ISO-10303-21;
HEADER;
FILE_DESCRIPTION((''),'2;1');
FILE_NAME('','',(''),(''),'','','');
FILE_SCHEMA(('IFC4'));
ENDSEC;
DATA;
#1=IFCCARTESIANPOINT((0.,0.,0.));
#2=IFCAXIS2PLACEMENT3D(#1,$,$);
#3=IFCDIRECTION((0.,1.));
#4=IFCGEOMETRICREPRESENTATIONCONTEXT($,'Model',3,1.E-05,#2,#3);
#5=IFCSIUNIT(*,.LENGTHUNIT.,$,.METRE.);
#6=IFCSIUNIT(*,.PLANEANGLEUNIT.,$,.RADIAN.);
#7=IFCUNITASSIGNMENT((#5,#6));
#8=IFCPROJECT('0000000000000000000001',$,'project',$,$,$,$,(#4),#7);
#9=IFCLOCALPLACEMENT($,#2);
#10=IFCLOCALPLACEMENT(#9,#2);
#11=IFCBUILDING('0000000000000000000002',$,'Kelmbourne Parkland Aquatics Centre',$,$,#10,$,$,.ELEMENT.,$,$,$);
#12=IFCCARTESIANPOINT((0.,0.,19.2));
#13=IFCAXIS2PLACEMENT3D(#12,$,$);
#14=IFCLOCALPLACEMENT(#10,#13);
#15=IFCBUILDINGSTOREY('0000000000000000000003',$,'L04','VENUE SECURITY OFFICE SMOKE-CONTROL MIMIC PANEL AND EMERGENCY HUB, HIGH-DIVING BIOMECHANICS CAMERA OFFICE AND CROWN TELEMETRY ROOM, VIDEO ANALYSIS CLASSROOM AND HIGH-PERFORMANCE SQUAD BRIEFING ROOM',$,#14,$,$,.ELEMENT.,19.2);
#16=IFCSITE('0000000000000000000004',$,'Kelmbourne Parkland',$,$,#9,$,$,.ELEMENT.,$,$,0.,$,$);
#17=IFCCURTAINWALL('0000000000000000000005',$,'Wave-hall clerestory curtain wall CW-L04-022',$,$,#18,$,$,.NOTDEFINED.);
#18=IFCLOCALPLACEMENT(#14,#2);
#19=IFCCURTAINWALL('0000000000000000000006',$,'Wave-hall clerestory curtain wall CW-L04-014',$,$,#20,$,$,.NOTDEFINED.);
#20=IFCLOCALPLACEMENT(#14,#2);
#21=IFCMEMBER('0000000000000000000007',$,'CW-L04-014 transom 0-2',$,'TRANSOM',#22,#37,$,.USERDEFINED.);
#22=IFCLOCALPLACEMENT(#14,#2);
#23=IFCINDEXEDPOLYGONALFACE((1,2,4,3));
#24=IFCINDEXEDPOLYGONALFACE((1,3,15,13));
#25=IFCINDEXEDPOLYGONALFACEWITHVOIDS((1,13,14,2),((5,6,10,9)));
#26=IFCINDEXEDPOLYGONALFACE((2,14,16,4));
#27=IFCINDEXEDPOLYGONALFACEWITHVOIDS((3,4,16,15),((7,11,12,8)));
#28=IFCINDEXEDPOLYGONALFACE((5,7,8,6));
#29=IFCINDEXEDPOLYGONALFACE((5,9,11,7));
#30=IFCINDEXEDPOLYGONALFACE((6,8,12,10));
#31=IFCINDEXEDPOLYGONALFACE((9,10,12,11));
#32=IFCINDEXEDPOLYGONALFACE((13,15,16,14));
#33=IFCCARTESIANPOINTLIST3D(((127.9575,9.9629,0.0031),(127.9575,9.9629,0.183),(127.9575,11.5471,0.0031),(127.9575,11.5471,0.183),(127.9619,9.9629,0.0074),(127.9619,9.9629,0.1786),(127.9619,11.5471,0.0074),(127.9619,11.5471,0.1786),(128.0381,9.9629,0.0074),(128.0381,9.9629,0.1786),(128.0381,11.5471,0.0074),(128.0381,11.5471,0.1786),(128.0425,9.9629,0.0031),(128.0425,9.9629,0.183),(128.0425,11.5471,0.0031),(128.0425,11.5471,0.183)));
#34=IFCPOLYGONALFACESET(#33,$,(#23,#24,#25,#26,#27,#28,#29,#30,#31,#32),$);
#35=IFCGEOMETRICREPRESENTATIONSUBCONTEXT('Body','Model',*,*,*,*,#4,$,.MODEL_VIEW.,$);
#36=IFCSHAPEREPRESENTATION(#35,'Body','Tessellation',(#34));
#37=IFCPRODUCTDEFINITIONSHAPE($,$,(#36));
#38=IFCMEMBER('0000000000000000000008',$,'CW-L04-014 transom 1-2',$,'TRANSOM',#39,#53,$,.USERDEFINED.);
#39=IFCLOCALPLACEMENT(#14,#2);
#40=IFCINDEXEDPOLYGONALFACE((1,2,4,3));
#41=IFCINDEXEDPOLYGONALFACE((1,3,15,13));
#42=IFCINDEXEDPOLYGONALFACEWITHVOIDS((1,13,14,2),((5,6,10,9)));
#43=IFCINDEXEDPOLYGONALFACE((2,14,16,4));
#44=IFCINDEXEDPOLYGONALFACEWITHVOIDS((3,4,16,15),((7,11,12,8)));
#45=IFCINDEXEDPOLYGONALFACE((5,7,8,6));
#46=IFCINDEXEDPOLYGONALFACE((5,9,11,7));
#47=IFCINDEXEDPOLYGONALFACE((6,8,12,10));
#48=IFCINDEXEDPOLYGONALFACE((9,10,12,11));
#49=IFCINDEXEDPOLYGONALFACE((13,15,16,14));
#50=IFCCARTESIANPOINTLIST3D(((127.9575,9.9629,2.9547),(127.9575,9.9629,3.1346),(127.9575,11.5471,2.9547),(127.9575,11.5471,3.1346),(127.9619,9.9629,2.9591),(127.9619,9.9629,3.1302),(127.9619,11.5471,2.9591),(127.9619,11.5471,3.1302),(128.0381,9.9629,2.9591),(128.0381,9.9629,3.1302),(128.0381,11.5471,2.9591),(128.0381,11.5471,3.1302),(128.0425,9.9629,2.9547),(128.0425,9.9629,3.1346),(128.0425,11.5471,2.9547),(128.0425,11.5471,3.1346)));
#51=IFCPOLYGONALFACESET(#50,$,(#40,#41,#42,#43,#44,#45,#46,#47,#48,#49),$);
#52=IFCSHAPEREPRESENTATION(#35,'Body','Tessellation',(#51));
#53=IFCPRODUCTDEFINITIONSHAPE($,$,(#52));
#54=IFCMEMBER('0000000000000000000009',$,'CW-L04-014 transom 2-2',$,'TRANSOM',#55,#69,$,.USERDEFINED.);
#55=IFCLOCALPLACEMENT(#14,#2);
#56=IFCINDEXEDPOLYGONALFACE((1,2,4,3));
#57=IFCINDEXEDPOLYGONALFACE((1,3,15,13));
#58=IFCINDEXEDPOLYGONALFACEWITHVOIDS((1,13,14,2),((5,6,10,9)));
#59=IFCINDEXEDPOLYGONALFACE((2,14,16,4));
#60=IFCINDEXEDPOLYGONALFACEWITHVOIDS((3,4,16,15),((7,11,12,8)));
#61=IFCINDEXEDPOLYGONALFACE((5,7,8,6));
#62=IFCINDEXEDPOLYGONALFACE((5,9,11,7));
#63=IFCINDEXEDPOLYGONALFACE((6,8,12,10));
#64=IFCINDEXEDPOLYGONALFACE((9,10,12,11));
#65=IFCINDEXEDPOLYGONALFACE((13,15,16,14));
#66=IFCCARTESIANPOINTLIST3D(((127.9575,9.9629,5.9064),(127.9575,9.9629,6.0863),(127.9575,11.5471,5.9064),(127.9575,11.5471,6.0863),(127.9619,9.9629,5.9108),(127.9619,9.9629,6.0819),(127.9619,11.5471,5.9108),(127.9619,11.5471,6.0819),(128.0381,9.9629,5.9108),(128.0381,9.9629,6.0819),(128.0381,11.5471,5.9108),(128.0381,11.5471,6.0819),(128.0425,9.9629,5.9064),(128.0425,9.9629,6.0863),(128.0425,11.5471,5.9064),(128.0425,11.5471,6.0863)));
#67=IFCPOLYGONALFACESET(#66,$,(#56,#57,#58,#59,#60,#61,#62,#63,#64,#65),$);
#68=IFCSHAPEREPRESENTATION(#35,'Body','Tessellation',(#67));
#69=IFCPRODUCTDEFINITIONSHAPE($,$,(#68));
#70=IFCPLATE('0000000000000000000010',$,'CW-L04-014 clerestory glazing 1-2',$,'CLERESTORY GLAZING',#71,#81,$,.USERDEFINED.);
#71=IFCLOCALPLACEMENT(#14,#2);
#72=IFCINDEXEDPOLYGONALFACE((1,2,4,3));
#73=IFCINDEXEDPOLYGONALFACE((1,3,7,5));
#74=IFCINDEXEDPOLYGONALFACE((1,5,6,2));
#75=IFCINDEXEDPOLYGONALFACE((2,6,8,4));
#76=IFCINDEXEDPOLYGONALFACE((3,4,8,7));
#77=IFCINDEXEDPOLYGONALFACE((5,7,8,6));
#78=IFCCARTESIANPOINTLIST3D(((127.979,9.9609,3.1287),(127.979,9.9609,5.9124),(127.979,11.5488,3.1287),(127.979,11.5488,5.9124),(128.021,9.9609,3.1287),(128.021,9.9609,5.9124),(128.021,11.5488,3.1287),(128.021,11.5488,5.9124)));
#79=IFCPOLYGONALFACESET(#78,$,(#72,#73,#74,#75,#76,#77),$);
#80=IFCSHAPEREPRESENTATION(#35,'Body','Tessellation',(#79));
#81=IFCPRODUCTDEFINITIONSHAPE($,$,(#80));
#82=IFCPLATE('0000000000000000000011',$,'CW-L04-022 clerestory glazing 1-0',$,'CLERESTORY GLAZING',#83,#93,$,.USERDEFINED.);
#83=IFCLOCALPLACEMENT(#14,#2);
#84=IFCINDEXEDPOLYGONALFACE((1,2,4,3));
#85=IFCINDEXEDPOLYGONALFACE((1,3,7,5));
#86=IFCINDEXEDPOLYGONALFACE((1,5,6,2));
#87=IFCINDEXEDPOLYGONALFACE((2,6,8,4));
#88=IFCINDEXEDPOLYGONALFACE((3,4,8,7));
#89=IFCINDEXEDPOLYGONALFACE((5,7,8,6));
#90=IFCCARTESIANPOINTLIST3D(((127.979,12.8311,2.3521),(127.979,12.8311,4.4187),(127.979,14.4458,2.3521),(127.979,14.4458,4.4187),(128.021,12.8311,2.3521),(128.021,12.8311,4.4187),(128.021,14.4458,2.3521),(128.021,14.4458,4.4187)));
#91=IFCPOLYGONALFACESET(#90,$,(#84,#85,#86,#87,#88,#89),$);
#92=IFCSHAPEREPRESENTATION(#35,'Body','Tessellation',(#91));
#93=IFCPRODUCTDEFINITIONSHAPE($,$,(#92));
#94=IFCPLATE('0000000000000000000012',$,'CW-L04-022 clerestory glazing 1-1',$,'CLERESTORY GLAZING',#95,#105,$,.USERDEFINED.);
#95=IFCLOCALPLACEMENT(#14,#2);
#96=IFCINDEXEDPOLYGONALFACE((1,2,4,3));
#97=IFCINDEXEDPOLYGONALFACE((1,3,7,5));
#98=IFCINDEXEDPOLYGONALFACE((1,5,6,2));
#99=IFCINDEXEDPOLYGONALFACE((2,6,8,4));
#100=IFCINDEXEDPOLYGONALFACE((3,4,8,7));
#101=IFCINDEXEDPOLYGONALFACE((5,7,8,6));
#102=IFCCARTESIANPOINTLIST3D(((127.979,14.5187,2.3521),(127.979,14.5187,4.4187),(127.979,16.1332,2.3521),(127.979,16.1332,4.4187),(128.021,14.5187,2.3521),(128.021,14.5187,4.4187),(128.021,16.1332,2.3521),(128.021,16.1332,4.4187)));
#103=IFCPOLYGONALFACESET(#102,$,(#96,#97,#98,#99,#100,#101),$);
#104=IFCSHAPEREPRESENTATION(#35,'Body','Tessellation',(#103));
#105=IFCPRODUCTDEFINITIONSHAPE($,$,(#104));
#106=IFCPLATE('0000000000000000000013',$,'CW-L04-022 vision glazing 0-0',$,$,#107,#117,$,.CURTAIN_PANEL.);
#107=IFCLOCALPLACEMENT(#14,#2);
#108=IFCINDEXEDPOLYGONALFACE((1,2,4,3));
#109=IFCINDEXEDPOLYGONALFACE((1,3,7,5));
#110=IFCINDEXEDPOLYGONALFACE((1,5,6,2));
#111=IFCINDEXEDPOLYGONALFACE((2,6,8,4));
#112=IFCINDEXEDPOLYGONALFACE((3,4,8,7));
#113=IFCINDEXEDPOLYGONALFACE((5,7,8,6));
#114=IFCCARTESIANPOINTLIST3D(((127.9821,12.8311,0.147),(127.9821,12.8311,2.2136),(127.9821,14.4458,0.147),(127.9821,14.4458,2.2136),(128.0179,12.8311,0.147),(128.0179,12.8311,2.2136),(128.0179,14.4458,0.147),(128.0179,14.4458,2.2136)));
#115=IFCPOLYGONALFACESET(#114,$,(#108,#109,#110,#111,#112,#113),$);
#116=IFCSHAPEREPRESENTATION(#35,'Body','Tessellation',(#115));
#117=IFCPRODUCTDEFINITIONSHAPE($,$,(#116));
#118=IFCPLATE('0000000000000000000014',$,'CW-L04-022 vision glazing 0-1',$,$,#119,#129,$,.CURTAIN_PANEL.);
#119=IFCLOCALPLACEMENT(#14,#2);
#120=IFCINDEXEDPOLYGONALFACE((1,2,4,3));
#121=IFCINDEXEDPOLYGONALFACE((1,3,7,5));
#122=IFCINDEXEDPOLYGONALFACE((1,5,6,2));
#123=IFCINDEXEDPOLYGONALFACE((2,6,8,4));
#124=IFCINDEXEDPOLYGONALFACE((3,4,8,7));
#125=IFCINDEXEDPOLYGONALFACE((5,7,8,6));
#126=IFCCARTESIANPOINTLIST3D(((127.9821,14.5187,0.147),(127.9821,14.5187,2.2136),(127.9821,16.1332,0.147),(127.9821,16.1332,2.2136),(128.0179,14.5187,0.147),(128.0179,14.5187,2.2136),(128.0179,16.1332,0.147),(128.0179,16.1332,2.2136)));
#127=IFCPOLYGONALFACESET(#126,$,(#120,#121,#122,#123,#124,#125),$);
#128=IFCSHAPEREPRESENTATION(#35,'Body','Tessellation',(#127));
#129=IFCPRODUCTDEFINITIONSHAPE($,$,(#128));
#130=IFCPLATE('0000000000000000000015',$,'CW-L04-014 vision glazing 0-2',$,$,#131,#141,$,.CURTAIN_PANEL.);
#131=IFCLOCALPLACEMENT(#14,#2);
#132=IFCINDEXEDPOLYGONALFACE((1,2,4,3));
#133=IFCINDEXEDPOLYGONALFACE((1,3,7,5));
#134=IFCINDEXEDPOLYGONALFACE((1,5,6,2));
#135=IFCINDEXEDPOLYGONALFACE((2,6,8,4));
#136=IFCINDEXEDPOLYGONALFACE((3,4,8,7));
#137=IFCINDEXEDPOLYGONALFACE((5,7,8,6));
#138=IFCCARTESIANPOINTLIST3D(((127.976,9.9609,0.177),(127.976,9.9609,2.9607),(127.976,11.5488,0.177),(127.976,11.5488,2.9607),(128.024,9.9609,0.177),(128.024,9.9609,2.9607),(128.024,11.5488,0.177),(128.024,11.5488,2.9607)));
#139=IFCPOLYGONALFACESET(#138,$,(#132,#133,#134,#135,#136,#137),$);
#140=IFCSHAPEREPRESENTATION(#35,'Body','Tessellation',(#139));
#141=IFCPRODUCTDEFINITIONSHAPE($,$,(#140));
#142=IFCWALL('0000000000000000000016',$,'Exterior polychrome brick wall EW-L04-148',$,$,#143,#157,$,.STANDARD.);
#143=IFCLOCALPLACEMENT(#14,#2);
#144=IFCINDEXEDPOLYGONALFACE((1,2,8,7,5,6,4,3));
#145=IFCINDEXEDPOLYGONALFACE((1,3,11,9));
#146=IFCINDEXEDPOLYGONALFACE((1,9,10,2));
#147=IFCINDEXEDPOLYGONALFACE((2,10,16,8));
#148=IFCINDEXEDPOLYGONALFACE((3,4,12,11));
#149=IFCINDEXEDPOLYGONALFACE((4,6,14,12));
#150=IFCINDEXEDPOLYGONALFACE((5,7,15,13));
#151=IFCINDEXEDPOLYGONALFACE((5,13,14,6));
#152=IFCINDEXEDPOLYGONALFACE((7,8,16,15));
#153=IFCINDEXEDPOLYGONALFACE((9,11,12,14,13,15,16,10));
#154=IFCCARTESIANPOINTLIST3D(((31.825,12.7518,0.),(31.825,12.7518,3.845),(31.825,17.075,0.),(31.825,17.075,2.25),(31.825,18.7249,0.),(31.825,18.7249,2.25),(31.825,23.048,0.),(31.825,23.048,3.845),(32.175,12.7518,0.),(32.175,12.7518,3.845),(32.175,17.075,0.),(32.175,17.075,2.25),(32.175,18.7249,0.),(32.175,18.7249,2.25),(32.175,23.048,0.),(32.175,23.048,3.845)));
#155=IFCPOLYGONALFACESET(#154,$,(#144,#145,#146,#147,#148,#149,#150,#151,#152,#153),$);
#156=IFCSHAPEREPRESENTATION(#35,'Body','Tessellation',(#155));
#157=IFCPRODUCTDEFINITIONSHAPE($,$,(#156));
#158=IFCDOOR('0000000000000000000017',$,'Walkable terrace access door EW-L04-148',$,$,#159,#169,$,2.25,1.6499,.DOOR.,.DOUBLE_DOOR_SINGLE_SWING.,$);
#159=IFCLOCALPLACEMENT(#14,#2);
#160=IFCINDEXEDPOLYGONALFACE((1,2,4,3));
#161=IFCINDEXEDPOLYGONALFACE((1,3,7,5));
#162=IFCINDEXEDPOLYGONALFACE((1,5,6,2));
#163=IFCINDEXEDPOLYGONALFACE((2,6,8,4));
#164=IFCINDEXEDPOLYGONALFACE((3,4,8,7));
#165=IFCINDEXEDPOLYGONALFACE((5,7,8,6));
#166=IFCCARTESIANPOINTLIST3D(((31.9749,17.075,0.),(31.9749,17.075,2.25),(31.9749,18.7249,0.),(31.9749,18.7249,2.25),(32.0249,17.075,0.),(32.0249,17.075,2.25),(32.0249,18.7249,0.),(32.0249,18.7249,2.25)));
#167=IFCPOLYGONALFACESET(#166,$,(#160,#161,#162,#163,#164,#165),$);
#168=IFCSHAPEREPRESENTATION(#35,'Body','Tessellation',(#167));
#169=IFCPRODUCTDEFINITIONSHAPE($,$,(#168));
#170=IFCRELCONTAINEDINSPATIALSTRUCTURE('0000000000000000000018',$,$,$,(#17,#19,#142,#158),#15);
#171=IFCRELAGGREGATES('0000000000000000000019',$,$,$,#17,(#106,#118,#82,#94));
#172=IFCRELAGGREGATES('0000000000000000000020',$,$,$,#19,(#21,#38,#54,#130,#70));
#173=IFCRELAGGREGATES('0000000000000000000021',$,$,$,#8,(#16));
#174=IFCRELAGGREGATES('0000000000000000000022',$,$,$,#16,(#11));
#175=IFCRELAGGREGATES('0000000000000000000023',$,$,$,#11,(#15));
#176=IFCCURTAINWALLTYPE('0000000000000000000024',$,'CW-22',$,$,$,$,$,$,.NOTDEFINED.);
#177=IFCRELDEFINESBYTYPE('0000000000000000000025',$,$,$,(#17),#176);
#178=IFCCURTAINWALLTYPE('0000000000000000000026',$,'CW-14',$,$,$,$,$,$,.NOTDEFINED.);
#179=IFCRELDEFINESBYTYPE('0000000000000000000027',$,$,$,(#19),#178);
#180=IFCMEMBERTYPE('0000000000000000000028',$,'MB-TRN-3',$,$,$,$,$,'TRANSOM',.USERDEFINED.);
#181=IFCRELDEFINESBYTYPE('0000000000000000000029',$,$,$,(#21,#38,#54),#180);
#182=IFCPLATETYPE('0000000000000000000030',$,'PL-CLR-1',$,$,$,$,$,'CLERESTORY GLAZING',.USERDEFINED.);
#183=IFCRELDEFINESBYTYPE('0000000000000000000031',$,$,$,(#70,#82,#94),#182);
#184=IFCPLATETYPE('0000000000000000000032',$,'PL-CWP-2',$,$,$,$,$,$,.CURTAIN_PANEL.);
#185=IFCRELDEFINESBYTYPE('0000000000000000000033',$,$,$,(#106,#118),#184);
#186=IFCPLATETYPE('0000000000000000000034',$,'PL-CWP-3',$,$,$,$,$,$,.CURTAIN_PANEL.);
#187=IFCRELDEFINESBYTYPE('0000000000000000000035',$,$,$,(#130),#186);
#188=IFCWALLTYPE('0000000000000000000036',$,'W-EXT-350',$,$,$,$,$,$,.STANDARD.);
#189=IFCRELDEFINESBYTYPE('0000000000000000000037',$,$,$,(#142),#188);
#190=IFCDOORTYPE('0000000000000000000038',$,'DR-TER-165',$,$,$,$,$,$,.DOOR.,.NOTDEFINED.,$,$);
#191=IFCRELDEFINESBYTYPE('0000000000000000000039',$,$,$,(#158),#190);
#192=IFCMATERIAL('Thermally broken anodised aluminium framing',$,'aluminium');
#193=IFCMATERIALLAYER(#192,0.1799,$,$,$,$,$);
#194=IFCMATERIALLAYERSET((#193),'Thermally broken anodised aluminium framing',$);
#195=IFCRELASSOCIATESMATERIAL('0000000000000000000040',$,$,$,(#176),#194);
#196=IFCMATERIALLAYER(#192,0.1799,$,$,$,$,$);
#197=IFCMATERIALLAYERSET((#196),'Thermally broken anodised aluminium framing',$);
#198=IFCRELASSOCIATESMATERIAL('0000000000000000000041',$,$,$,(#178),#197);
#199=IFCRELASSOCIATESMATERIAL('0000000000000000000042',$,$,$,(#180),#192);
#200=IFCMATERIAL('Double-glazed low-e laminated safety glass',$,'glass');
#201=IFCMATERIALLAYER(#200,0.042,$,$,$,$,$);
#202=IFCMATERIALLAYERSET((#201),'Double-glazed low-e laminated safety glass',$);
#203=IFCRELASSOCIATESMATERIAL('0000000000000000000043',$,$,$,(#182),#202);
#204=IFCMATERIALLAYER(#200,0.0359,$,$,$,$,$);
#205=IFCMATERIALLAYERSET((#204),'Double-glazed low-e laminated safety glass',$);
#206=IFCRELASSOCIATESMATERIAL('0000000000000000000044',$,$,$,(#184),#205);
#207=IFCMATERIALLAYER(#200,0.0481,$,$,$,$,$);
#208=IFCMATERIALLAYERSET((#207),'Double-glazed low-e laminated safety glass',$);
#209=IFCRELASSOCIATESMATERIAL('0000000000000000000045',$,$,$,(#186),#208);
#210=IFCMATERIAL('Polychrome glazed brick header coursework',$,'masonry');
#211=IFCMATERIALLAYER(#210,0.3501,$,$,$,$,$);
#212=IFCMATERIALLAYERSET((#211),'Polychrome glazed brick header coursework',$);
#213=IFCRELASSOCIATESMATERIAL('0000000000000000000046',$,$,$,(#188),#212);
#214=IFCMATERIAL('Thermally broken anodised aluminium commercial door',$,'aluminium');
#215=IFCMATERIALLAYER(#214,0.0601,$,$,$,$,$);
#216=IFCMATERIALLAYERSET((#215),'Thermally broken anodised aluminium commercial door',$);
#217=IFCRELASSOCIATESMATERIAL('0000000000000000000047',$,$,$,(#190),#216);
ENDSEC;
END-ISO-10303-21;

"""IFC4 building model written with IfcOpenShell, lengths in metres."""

from ifc_helpers import new_model, si_unit, direction, frame, frame_2d, origin, origin_2d, place, context, subcontext, project, spatial, rectangle, hollow_rectangle, extrude, material, layer, layer_set, material_profile, profile_set, type_object, element, fill, aggregate, save


model = new_model("IFC4")

# Units and contexts
model_context = context("Model", 3, precision=1e-05, world=origin(), true_north=direction((0.0, 1.0)))
body_context = subcontext(model_context, "Body", "Model", "MODEL_VIEW")
ifc_project = project(units=[si_unit("LENGTHUNIT", "METRE"), si_unit("PLANEANGLEUNIT", "RADIAN")], contexts=[model_context])

# Site, building, storey
site_placement = place(None, origin())
site = spatial("IfcSite", under=ifc_project, at=site_placement, Name="Kelmbourne Parkland", CompositionType="ELEMENT", RefElevation=0.0)
building_placement = place(site_placement, origin())
building = spatial("IfcBuilding", under=site, at=building_placement, Name="Kelmbourne Parkland Aquatics Centre", CompositionType="ELEMENT")
storey_placement = place(building_placement, frame((0.0, 0.0, 19.2)))
storey = spatial("IfcBuildingStorey", under=building, at=storey_placement, Name="L04", Description="VENUE SECURITY OFFICE SMOKE-CONTROL MIMIC PANEL AND EMERGENCY HUB, HIGH-DIVING BIOMECHANICS CAMERA OFFICE AND CROWN TELEMETRY ROOM, VIDEO ANALYSIS CLASSROOM AND HIGH-PERFORMANCE SQUAD BRIEFING ROOM", CompositionType="ELEMENT", Elevation=19.2)

# Curtain wall
ifc_material_1 = material(Name="Thermally broken anodised aluminium framing", Category="aluminium")
ifc_layer_1 = layer(ifc_material_1, 0.1799)
ifc_layer_set_1 = layer_set([ifc_layer_1], Name="Thermally broken anodised aluminium framing")
curtain_wall_type_1 = type_object("IfcCurtainWallType", Name="CW-22", PredefinedType="NOTDEFINED", material=ifc_layer_set_1)
curtain_wall_1_placement = place(storey_placement, origin())
curtain_wall_1 = element("IfcCurtainWall", 1, at=curtain_wall_1_placement, inside=storey, type_object=curtain_wall_type_1, Name="Wave-hall clerestory curtain wall CW-L04-022", PredefinedType="NOTDEFINED")

# Curtain wall
ifc_layer_2 = layer(ifc_material_1, 0.1799)
ifc_layer_set_2 = layer_set([ifc_layer_2], Name="Thermally broken anodised aluminium framing")
curtain_wall_type_2 = type_object("IfcCurtainWallType", Name="CW-14", PredefinedType="NOTDEFINED", material=ifc_layer_set_2)
curtain_wall_2_placement = place(storey_placement, origin())
curtain_wall_2 = element("IfcCurtainWall", 2, at=curtain_wall_2_placement, inside=storey, type_object=curtain_wall_type_2, Name="Wave-hall clerestory curtain wall CW-L04-014", PredefinedType="NOTDEFINED")

# Members
ifc_material_profile_1 = material_profile(ifc_material_1, hollow_rectangle(XDim=0.085, YDim=0.1799, WallThickness=0.0044, at=origin_2d()), Name="CW-T 85x180")
ifc_profile_set_1 = profile_set([ifc_material_profile_1], Name="Thermally broken anodised aluminium framing")
member_type_1 = type_object("IfcMemberType", Name="MB-TRN-3", ElementType="TRANSOM", PredefinedType="USERDEFINED", material=ifc_profile_set_1)
member_1_placement = place(storey_placement, frame((128.0, 9.9629, 0.093), z_axis=(0.0, 1.0, 0.0), x_axis=(-1.0, 0.0, 0.0)))
member_1 = element("IfcMember", 3, at=member_1_placement, type_object=member_type_1, Name="CW-L04-014 transom 0-2", ObjectType="TRANSOM", PredefinedType="USERDEFINED", context=body_context, shape_type="SweptSolid", body=[
    extrude(hollow_rectangle(XDim=0.085, YDim=0.1799, WallThickness=0.0044, at=origin_2d()), origin(), (0.0, 0.0, 1.0), 1.5842),
])
member_2_placement = place(storey_placement, frame((128.0, 9.9629, 3.0447), z_axis=(0.0, 1.0, 0.0), x_axis=(-1.0, 0.0, 0.0)))
member_2 = element("IfcMember", 4, at=member_2_placement, type_object=member_type_1, Name="CW-L04-014 transom 1-2", ObjectType="TRANSOM", PredefinedType="USERDEFINED", context=body_context, shape_type="SweptSolid", body=[
    extrude(hollow_rectangle(XDim=0.085, YDim=0.1799, WallThickness=0.0044, at=origin_2d()), origin(), (0.0, 0.0, 1.0), 1.5842),
])
member_3_placement = place(storey_placement, frame((128.0, 9.9629, 5.9963), z_axis=(0.0, 1.0, 0.0), x_axis=(-1.0, 0.0, 0.0)))
member_3 = element("IfcMember", 5, at=member_3_placement, type_object=member_type_1, Name="CW-L04-014 transom 2-2", ObjectType="TRANSOM", PredefinedType="USERDEFINED", context=body_context, shape_type="SweptSolid", body=[
    extrude(hollow_rectangle(XDim=0.085, YDim=0.1799, WallThickness=0.0044, at=origin_2d()), origin(), (0.0, 0.0, 1.0), 1.5842),
])

# Plates
ifc_material_2 = material(Name="Double-glazed low-e laminated safety glass", Category="glass")
ifc_layer_3 = layer(ifc_material_2, 0.042)
ifc_layer_set_3 = layer_set([ifc_layer_3], Name="Double-glazed low-e laminated safety glass")
plate_type_1 = type_object("IfcPlateType", Name="PL-CLR-1", ElementType="CLERESTORY GLAZING", PredefinedType="USERDEFINED", material=ifc_layer_set_3)
plate_1_placement = place(storey_placement, frame((128.0, 10.7549, 3.1287), z_axis=(0.0, 0.0, 1.0), x_axis=(0.0, 1.0, 0.0)))
plate_1 = element("IfcPlate", 6, at=plate_1_placement, type_object=plate_type_1, Name="CW-L04-014 clerestory glazing 1-2", ObjectType="CLERESTORY GLAZING", PredefinedType="USERDEFINED", context=body_context, shape_type="SweptSolid", body=[
    extrude(rectangle(XDim=1.5879, YDim=0.042, at=origin_2d()), origin(), (0.0, 0.0, 1.0), 2.7837),
])
plate_2_placement = place(storey_placement, frame((128.0, 13.6384, 2.3521), z_axis=(0.0, 0.0, 1.0), x_axis=(0.0, 1.0, 0.0)))
plate_2 = element("IfcPlate", 7, at=plate_2_placement, type_object=plate_type_1, Name="CW-L04-022 clerestory glazing 1-0", ObjectType="CLERESTORY GLAZING", PredefinedType="USERDEFINED", context=body_context, shape_type="SweptSolid", body=[
    extrude(rectangle(XDim=1.6147, YDim=0.042, at=origin_2d()), origin(), (0.0, 0.0, 1.0), 2.0667),
])
plate_3_placement = place(storey_placement, frame((128.0, 15.3259, 2.3521), z_axis=(0.0, 0.0, 1.0), x_axis=(0.0, 1.0, 0.0)))
plate_3 = element("IfcPlate", 8, at=plate_3_placement, type_object=plate_type_1, Name="CW-L04-022 clerestory glazing 1-1", ObjectType="CLERESTORY GLAZING", PredefinedType="USERDEFINED", context=body_context, shape_type="SweptSolid", body=[
    extrude(rectangle(XDim=1.6145, YDim=0.042, at=origin_2d()), origin(), (0.0, 0.0, 1.0), 2.0667),
])
ifc_layer_4 = layer(ifc_material_2, 0.0359)
ifc_layer_set_4 = layer_set([ifc_layer_4], Name="Double-glazed low-e laminated safety glass")
plate_type_2 = type_object("IfcPlateType", Name="PL-CWP-2", PredefinedType="CURTAIN_PANEL", material=ifc_layer_set_4)
plate_4_placement = place(storey_placement, frame((128.0, 13.6384, 0.147), z_axis=(0.0, 0.0, 1.0), x_axis=(0.0, 1.0, 0.0)))
plate_4 = element("IfcPlate", 9, at=plate_4_placement, type_object=plate_type_2, Name="CW-L04-022 vision glazing 0-0", PredefinedType="CURTAIN_PANEL", context=body_context, shape_type="SweptSolid", body=[
    extrude(rectangle(XDim=1.6147, YDim=0.0359, at=origin_2d()), origin(), (0.0, 0.0, 1.0), 2.0667),
])
plate_5_placement = place(storey_placement, frame((128.0, 15.3259, 0.147), z_axis=(0.0, 0.0, 1.0), x_axis=(0.0, 1.0, 0.0)))
plate_5 = element("IfcPlate", 10, at=plate_5_placement, type_object=plate_type_2, Name="CW-L04-022 vision glazing 0-1", PredefinedType="CURTAIN_PANEL", context=body_context, shape_type="SweptSolid", body=[
    extrude(rectangle(XDim=1.6145, YDim=0.0359, at=origin_2d()), origin(), (0.0, 0.0, 1.0), 2.0667),
])
aggregate(curtain_wall_1, [plate_4, plate_5, plate_2, plate_3])
ifc_layer_5 = layer(ifc_material_2, 0.0481)
ifc_layer_set_5 = layer_set([ifc_layer_5], Name="Double-glazed low-e laminated safety glass")
plate_type_3 = type_object("IfcPlateType", Name="PL-CWP-3", PredefinedType="CURTAIN_PANEL", material=ifc_layer_set_5)
plate_6_placement = place(storey_placement, frame((128.0, 10.7549, 0.177), z_axis=(0.0, 0.0, 1.0), x_axis=(0.0, 1.0, 0.0)))
plate_6 = element("IfcPlate", 11, at=plate_6_placement, type_object=plate_type_3, Name="CW-L04-014 vision glazing 0-2", PredefinedType="CURTAIN_PANEL", context=body_context, shape_type="SweptSolid", body=[
    extrude(rectangle(XDim=1.5879, YDim=0.0481, at=origin_2d()), origin(), (0.0, 0.0, 1.0), 2.7837),
])
aggregate(curtain_wall_2, [member_1, member_2, member_3, plate_6, plate_1])

# Wall, opening, door
ifc_material_3 = material(Name="Polychrome glazed brick header coursework", Category="masonry")
ifc_layer_6 = layer(ifc_material_3, 0.3501)
ifc_layer_set_6 = layer_set([ifc_layer_6], Name="Polychrome glazed brick header coursework")
wall_type = type_object("IfcWallType", Name="W-EXT-350", PredefinedType="STANDARD", material=ifc_layer_set_6)
wall_placement = place(storey_placement, frame((32.0, 12.752, 0.0), z_axis=(0.0, 0.0, 1.0), x_axis=(0.0, 1.0, 0.0)))
wall = element("IfcWall", 12, at=wall_placement, inside=storey, type_object=wall_type, Name="Exterior polychrome brick wall EW-L04-148", PredefinedType="STANDARD", context=body_context, shape_type="SweptSolid", body=[
    extrude(rectangle(XDim=10.2961, YDim=0.3501, at=frame_2d((5.1479, 0.0))), origin(), (0.0, 0.0, 1.0), 3.845),
])
opening_placement = place(wall_placement, frame((4.323, 0.0, 0.0)))
opening = element("IfcOpeningElement", 13, at=opening_placement, cuts=wall, PredefinedType="OPENING", context=body_context, shape_type="SweptSolid", body=[
    extrude(rectangle(XDim=1.6499, YDim=2.25, at=frame_2d((0.825, 1.125))), frame((0.0, 0.187, 0.0), z_axis=(0.0, -1.0, 0.0), x_axis=(1.0, 0.0, 0.0)), (0.0, 0.0, 1.0), 0.374),
])
ifc_material_4 = material(Name="Thermally broken anodised aluminium commercial door", Category="aluminium")
ifc_layer_7 = layer(ifc_material_4, 0.0601)
ifc_layer_set_7 = layer_set([ifc_layer_7], Name="Thermally broken anodised aluminium commercial door")
door_type = type_object("IfcDoorType", Name="DR-TER-165", OperationType="NOTDEFINED", PredefinedType="DOOR", material=ifc_layer_set_7)
door_placement = place(opening_placement, frame((1.6499, 0.0, 0.0), z_axis=(0.0, 0.0, 1.0), x_axis=(-1.0, 0.0, 0.0)))
door = element("IfcDoor", 14, at=door_placement, inside=storey, type_object=door_type, Name="Walkable terrace access door EW-L04-148", OperationType="DOUBLE_DOOR_SINGLE_SWING", OverallHeight=2.25, OverallWidth=1.6499, PredefinedType="DOOR", context=body_context, shape_type="SweptSolid", body=[
    extrude(rectangle(XDim=1.6499, YDim=2.25, at=frame_2d((0.825, 1.125))), frame((0.0, 0.0249, 0.0), z_axis=(0.0, -1.0, 0.0), x_axis=(1.0, 0.0, 0.0)), (0.0, 0.0, 1.0), 0.05),
])
fill(opening, door)

save(model, "model.ifc")
